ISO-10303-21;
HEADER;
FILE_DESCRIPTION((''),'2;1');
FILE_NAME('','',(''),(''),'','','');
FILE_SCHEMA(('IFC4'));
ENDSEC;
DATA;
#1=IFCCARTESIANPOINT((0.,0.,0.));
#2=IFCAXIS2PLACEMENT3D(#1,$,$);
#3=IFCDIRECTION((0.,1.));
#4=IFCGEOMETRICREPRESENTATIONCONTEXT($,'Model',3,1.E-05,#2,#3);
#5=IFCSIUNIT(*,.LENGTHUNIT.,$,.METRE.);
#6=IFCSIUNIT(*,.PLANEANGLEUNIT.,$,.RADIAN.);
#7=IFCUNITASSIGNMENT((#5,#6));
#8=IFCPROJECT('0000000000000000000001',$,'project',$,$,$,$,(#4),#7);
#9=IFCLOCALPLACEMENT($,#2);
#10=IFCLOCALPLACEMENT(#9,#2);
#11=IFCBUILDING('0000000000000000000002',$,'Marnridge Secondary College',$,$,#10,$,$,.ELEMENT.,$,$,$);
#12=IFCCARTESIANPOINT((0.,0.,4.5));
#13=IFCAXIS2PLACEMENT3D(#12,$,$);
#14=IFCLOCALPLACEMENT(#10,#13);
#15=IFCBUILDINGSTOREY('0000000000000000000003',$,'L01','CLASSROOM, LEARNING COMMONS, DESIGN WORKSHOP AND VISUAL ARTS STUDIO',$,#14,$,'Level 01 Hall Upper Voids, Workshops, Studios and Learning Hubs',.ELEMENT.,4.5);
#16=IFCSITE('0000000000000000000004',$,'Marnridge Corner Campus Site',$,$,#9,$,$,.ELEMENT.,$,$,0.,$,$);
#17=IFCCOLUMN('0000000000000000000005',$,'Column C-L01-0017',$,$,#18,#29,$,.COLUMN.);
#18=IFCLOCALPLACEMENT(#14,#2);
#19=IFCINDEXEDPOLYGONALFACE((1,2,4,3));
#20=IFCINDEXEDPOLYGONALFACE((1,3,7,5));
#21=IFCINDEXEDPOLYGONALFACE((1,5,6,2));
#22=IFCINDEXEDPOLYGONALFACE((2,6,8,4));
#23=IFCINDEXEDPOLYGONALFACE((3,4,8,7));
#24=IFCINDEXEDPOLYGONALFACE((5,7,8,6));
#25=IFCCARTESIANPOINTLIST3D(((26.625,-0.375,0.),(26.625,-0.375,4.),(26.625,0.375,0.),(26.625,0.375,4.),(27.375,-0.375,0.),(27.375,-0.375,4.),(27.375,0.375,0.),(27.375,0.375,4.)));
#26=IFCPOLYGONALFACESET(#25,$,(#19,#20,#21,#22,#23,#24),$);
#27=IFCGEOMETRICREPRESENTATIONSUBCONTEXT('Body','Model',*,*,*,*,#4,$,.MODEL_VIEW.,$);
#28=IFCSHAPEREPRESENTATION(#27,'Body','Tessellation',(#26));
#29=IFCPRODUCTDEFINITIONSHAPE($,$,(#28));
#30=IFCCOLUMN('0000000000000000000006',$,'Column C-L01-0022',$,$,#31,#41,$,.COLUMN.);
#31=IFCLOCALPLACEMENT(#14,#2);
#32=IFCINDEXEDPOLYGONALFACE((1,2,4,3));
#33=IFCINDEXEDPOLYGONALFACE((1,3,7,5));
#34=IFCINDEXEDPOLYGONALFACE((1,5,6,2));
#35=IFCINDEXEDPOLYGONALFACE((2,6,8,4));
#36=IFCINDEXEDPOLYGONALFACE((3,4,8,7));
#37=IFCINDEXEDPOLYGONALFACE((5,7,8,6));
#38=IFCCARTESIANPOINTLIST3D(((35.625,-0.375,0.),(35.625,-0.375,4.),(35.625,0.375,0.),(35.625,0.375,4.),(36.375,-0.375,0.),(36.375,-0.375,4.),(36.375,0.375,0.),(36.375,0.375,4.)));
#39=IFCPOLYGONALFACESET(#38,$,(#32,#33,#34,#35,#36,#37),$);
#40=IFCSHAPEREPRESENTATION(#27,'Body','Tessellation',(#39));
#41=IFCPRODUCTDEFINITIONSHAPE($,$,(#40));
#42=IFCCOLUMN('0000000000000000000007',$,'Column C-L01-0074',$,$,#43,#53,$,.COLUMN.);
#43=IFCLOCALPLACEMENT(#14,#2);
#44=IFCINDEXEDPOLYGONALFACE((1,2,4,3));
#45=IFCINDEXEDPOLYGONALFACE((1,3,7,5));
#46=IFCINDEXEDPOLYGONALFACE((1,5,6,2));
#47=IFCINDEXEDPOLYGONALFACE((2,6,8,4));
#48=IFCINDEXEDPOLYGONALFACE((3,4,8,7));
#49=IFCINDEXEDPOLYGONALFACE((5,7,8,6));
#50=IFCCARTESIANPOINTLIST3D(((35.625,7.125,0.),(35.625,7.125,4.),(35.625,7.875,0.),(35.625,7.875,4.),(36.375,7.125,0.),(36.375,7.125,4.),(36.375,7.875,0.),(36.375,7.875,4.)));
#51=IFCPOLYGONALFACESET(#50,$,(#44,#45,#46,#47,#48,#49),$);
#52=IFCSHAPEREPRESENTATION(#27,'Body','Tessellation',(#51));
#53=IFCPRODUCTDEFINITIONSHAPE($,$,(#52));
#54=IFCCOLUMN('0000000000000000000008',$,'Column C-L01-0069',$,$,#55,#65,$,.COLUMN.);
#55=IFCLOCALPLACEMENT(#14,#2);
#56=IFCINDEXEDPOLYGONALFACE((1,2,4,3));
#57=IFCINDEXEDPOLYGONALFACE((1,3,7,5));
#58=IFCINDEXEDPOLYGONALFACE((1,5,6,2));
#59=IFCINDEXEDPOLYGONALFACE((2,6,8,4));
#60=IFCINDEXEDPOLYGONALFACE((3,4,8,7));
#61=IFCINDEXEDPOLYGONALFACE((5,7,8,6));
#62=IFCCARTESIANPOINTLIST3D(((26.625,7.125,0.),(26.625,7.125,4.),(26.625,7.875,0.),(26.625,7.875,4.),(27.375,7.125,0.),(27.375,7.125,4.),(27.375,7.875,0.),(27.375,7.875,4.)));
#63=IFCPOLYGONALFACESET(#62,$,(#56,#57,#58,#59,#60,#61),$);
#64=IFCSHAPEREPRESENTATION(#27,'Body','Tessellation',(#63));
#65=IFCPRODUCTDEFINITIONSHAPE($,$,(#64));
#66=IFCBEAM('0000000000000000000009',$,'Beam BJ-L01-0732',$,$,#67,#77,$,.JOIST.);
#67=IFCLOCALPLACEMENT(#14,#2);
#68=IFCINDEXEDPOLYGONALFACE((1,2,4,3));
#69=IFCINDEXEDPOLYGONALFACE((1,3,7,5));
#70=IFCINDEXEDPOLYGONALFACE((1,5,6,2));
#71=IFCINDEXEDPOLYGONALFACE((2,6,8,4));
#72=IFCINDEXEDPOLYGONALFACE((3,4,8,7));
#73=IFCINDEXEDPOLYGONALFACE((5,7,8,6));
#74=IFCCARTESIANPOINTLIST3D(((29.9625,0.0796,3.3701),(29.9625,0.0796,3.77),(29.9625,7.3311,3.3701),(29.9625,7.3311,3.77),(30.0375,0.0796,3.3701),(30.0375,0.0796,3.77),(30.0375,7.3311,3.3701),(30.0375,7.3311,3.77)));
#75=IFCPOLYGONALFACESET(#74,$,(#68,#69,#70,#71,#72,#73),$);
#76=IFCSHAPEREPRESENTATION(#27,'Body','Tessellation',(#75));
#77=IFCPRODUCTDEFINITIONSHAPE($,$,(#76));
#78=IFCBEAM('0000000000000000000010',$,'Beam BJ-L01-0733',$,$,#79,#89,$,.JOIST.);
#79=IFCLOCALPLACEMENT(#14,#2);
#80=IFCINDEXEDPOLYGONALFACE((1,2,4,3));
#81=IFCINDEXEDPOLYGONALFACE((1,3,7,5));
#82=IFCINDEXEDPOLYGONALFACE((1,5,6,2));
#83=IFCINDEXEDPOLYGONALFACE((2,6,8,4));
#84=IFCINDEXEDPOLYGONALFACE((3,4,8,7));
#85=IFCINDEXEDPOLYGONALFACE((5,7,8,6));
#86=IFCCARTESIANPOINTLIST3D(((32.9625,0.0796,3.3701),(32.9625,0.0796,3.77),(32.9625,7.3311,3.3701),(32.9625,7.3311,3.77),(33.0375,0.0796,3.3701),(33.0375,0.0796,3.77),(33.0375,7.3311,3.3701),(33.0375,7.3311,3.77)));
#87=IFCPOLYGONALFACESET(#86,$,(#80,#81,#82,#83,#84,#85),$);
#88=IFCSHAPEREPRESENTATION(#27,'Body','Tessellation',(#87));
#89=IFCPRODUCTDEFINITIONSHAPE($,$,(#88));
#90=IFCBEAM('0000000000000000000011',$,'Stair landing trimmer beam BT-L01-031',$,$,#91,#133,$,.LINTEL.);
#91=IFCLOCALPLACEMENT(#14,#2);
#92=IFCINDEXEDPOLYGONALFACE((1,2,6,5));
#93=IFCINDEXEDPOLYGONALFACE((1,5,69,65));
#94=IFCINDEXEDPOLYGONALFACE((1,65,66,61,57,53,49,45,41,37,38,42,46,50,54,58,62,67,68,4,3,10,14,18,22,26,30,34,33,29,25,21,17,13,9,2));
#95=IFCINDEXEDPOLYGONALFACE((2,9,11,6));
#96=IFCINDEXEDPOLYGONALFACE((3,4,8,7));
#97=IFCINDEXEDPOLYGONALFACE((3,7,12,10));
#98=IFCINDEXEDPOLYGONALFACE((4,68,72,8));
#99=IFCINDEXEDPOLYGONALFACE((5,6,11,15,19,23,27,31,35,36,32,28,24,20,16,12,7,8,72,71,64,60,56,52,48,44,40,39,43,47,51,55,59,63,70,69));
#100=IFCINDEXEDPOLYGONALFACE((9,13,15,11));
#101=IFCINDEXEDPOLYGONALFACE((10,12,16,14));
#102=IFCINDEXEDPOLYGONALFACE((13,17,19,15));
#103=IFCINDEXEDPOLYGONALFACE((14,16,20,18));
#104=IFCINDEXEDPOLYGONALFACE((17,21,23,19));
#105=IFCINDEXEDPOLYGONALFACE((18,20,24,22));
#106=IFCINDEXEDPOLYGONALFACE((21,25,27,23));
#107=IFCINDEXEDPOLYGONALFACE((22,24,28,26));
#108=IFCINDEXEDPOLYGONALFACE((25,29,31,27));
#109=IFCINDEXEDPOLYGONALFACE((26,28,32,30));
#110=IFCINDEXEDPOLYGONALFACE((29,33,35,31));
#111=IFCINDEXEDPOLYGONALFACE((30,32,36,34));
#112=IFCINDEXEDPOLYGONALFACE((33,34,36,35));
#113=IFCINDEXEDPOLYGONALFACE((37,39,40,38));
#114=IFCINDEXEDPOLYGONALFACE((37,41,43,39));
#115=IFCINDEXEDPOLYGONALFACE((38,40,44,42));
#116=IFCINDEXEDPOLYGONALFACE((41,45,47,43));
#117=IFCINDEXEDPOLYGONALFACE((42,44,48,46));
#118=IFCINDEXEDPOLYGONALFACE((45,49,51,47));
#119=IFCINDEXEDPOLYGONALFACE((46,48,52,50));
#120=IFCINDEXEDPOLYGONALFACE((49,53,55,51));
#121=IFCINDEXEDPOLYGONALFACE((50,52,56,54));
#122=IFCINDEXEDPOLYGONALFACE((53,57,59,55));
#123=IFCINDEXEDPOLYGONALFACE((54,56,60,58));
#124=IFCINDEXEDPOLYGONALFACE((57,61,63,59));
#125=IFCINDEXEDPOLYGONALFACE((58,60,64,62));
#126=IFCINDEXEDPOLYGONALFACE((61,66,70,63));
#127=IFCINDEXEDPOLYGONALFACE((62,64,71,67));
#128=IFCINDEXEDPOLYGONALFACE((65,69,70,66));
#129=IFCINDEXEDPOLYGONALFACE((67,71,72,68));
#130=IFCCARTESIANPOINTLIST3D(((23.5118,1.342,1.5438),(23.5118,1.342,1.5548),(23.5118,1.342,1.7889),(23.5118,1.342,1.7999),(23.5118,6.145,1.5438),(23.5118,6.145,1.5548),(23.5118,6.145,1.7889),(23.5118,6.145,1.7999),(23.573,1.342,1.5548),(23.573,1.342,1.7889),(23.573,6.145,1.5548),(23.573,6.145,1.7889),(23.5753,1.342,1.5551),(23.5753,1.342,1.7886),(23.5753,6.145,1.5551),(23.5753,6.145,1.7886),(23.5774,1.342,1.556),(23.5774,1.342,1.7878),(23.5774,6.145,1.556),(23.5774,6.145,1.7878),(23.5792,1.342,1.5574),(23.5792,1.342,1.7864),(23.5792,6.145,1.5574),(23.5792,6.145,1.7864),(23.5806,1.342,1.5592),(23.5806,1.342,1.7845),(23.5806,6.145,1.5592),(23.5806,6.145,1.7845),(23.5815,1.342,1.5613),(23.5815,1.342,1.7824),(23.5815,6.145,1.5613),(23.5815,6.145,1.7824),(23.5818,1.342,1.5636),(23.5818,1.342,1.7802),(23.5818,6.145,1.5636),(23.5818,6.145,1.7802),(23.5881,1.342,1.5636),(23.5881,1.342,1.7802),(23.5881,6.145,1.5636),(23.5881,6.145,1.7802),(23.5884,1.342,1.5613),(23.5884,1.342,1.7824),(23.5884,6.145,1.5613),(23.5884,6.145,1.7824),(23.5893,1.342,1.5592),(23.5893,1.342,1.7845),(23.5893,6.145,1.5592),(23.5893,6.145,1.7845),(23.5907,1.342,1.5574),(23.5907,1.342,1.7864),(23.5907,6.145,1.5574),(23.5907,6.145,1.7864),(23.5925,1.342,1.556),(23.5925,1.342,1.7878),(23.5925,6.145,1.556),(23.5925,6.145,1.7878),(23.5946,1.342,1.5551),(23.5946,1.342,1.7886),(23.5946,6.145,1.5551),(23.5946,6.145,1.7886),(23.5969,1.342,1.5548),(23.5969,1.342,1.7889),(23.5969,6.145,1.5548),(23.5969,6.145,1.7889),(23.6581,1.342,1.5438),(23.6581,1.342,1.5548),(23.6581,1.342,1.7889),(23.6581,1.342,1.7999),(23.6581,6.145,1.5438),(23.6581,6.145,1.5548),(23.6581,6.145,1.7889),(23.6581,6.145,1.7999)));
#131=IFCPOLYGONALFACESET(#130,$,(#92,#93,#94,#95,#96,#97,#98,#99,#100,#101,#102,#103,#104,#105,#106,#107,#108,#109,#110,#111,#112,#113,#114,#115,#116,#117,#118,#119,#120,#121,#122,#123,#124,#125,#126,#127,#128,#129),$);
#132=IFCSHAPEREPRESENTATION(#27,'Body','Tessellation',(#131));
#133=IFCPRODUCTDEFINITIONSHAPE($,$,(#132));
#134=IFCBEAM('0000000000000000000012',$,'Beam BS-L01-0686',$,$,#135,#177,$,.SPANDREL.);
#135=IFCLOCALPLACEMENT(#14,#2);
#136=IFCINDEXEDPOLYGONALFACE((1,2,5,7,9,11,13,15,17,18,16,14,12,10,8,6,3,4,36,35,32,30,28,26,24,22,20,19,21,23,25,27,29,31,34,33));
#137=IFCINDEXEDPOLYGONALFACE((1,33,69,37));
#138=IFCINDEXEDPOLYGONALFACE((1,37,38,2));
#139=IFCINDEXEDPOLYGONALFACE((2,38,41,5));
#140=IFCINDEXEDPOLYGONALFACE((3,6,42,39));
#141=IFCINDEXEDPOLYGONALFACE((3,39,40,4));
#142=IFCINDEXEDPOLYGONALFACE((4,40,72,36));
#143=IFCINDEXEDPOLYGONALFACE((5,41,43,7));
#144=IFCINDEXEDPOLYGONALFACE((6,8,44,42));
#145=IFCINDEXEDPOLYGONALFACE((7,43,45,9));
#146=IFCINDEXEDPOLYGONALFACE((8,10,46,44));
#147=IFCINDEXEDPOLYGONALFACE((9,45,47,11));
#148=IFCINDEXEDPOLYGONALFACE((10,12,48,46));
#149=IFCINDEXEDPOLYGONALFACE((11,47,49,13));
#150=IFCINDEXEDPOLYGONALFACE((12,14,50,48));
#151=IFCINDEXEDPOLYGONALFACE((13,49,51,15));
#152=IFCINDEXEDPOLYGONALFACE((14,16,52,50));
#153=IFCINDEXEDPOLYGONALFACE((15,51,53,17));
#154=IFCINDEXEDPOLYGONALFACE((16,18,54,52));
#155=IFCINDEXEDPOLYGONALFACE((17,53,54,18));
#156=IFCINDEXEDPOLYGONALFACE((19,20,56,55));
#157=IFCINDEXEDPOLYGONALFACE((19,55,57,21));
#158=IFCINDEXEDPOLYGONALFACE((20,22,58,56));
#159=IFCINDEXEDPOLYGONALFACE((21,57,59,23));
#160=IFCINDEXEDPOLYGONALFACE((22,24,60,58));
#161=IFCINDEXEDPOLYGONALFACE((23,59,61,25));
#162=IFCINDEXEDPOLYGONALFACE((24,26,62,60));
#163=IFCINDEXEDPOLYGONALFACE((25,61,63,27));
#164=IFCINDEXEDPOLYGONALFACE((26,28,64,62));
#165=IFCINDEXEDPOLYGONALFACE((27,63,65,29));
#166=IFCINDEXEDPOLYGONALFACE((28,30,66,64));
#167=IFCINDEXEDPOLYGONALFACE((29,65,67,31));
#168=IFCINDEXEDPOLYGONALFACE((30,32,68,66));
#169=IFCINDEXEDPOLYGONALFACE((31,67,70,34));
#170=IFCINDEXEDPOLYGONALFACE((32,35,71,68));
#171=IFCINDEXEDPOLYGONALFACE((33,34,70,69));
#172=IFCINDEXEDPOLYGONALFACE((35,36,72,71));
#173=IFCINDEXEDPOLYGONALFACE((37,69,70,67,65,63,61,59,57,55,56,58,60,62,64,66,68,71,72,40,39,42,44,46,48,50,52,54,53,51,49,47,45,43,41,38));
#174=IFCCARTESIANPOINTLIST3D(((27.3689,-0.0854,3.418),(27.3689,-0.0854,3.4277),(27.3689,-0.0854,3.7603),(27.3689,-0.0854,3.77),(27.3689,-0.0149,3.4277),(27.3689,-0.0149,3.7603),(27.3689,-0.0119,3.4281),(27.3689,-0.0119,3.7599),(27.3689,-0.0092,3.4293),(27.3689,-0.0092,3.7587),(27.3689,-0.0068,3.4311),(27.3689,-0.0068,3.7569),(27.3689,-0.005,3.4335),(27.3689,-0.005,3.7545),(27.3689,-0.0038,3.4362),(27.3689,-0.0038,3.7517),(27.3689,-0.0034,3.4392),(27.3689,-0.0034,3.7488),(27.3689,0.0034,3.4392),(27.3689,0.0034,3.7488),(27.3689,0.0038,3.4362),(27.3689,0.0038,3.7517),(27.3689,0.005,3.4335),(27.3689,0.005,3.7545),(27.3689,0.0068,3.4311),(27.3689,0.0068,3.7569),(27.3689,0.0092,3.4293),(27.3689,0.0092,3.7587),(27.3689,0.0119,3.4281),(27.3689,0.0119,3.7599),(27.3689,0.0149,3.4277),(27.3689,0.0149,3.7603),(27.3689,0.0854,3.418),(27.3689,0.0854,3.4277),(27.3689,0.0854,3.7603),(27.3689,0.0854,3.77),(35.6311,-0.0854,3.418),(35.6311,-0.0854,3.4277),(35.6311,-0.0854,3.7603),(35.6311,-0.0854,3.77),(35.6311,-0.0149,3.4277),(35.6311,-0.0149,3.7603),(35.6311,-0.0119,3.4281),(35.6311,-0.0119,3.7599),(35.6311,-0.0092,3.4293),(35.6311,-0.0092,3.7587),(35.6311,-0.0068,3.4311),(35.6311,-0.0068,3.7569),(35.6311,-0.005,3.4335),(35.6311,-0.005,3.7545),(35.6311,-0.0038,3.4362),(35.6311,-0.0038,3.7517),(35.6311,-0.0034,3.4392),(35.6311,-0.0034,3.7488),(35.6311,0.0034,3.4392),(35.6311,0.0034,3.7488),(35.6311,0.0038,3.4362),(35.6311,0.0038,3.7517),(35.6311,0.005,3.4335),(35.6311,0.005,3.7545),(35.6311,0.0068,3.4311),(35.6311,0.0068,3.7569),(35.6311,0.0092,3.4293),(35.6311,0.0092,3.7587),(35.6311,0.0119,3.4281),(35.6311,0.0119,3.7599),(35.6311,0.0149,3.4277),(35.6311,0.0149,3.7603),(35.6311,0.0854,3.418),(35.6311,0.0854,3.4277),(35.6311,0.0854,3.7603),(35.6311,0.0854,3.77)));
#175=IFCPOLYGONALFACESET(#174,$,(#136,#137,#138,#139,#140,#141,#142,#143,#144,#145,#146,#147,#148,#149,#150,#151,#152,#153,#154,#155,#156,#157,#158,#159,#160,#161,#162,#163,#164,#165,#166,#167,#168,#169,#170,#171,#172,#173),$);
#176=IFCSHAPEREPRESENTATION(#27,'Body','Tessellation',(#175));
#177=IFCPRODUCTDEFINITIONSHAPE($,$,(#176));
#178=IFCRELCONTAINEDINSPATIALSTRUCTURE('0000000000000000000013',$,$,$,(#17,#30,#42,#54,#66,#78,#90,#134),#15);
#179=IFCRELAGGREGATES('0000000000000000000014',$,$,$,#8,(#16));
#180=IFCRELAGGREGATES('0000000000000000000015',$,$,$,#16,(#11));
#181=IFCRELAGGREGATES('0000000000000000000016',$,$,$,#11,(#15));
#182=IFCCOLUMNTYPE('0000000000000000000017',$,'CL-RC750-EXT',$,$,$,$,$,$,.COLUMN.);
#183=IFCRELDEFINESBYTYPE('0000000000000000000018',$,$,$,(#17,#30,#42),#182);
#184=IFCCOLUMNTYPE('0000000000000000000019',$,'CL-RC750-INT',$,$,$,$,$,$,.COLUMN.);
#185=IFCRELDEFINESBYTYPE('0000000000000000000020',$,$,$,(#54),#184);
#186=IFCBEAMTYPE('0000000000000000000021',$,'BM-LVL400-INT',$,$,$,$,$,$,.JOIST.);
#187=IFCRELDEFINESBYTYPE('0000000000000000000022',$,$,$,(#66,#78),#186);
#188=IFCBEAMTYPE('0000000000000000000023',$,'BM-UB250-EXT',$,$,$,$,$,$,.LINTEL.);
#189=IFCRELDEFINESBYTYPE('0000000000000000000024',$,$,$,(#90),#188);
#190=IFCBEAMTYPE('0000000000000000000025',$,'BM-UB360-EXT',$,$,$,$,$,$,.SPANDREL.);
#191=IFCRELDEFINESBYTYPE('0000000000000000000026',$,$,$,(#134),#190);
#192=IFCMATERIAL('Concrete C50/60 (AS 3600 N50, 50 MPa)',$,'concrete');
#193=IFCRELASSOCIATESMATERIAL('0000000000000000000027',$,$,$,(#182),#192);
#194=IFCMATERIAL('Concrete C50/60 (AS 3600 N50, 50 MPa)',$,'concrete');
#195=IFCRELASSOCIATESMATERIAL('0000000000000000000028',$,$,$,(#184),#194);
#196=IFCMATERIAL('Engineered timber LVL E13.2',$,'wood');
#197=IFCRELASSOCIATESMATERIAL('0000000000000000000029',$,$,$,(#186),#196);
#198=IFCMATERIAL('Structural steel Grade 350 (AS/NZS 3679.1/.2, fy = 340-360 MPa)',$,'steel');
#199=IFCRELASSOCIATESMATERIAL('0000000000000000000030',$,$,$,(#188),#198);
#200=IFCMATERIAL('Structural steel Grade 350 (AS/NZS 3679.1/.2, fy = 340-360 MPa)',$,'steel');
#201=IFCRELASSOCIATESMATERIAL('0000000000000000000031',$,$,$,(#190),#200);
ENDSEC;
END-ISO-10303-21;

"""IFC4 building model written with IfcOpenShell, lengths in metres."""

from ifc_helpers import new_model, si_unit, direction, frame, origin, origin_2d, place, context, subcontext, project, spatial, rectangle, i_section, extrude, material, material_profile, profile_set, type_object, element, save


model = new_model("IFC4")

# Units and contexts
model_context = context("Model", 3, precision=1e-05, world=origin(), true_north=direction((0.0, 1.0)))
body_context = subcontext(model_context, "Body", "Model", "MODEL_VIEW")
ifc_project = project(units=[si_unit("LENGTHUNIT", "METRE"), si_unit("PLANEANGLEUNIT", "RADIAN")], contexts=[model_context])

# Site, building, storey
site_placement = place(None, origin())
site = spatial("IfcSite", under=ifc_project, at=site_placement, Name="Marnridge Corner Campus Site", CompositionType="ELEMENT", RefElevation=0.0)
building_placement = place(site_placement, origin())
building = spatial("IfcBuilding", under=site, at=building_placement, Name="Marnridge Secondary College", CompositionType="ELEMENT")
storey_placement = place(building_placement, frame((0.0, 0.0, 4.5)))
storey = spatial("IfcBuildingStorey", under=building, at=storey_placement, Name="L01", Description="CLASSROOM, LEARNING COMMONS, DESIGN WORKSHOP AND VISUAL ARTS STUDIO", LongName="Level 01 Hall Upper Voids, Workshops, Studios and Learning Hubs", CompositionType="ELEMENT", Elevation=4.5)

# Columns
ifc_material_1 = material(Name="Concrete C50/60 (AS 3600 N50, 50 MPa)", Category="concrete")
ifc_material_profile_1 = material_profile(ifc_material_1, rectangle(XDim=0.75, YDim=0.75, at=origin_2d()), Name="RC 750x750")
ifc_profile_set_1 = profile_set([ifc_material_profile_1], Name="Concrete C50/60 (AS 3600 N50, 50 MPa)")
column_type_1 = type_object("IfcColumnType", Name="CL-RC750-EXT", PredefinedType="COLUMN", material=ifc_profile_set_1)
for number, where, z_axis, x_axis, name in (
    (1, (27.0, 0.0, 0.0), (0.0, 0.0, 1.0), (1.0, 0.0, 0.0), "Column C-L01-0017"),
    (2, (36.0, 0.0, 0.0), (0.0, 0.0, 1.0), (1.0, 0.0, 0.0), "Column C-L01-0022"),
    (3, (36.0, 7.5, 0.0), (0.0, 0.0, 1.0), (1.0, 0.0, 0.0), "Column C-L01-0074"),
):
    element("IfcColumn", number, at=place(storey_placement, frame(where, z_axis=z_axis, x_axis=x_axis)), inside=storey, type_object=column_type_1, Name=name, PredefinedType="COLUMN", context=body_context, shape_type="SweptSolid", body=[
        extrude(rectangle(XDim=0.75, YDim=0.75, at=origin_2d()), origin(), (0.0, 0.0, 1.0), 4.0),
    ])
ifc_material_2 = material(Name="Concrete C50/60 (AS 3600 N50, 50 MPa)", Category="concrete")
ifc_material_profile_2 = material_profile(ifc_material_2, rectangle(XDim=0.75, YDim=0.75, at=origin_2d()), Name="RC 750x750")
ifc_profile_set_2 = profile_set([ifc_material_profile_2], Name="Concrete C50/60 (AS 3600 N50, 50 MPa)")
column_type_2 = type_object("IfcColumnType", Name="CL-RC750-INT", PredefinedType="COLUMN", material=ifc_profile_set_2)
column_placement = place(storey_placement, frame((27.0, 7.5, 0.0), z_axis=(0.0, 0.0, 1.0), x_axis=(1.0, 0.0, 0.0)))
element("IfcColumn", 4, at=column_placement, inside=storey, type_object=column_type_2, Name="Column C-L01-0069", PredefinedType="COLUMN", context=body_context, shape_type="SweptSolid", body=[
    extrude(rectangle(XDim=0.75, YDim=0.75, at=origin_2d()), origin(), (0.0, 0.0, 1.0), 4.0),
])

# Beams
ifc_material_3 = material(Name="Engineered timber LVL E13.2", Category="wood")
ifc_material_profile_3 = material_profile(ifc_material_3, rectangle(XDim=0.075, YDim=0.3999, at=origin_2d()), Name="LVL 75x400")
ifc_profile_set_3 = profile_set([ifc_material_profile_3], Name="Engineered timber LVL E13.2")
beam_type_1 = type_object("IfcBeamType", Name="BM-LVL400-INT", PredefinedType="JOIST", material=ifc_profile_set_3)
for number, where, z_axis, x_axis, name in (
    (5, (30.0, 0.0796, 3.5701), (0.0, 1.0, 0.0), (-1.0, 0.0, 0.0), "Beam BJ-L01-0732"),
    (6, (33.0, 0.0796, 3.5701), (0.0, 1.0, 0.0), (-1.0, 0.0, 0.0), "Beam BJ-L01-0733"),
):
    element("IfcBeam", number, at=place(storey_placement, frame(where, z_axis=z_axis, x_axis=x_axis)), inside=storey, type_object=beam_type_1, Name=name, PredefinedType="JOIST", context=body_context, shape_type="SweptSolid", body=[
        extrude(rectangle(XDim=0.075, YDim=0.3999, at=origin_2d()), origin(), (0.0, 0.0, 1.0), 7.2515),
    ])
ifc_material_4 = material(Name="Structural steel Grade 350 (AS/NZS 3679.1/.2, fy = 340-360 MPa)", Category="steel")
ifc_material_profile_4 = material_profile(ifc_material_4, i_section(OverallWidth=0.1462, OverallDepth=0.2561, WebThickness=0.0063, FlangeThickness=0.011, FilletRadius=0.0088, at=origin_2d()), Name="250UB37.3")
ifc_profile_set_4 = profile_set([ifc_material_profile_4], Name="Structural steel Grade 350 (AS/NZS 3679.1/.2, fy = 340-360 MPa)")
beam_type_2 = type_object("IfcBeamType", Name="BM-UB250-EXT", PredefinedType="LINTEL", material=ifc_profile_set_4)
beam_1_placement = place(storey_placement, frame((23.585, 1.342, 1.6719), z_axis=(0.0, 1.0, 0.0), x_axis=(-1.0, 0.0, 0.0)))
element("IfcBeam", 7, at=beam_1_placement, inside=storey, type_object=beam_type_2, Name="Stair landing trimmer beam BT-L01-031", PredefinedType="LINTEL", context=body_context, shape_type="SweptSolid", body=[
    extrude(i_section(OverallWidth=0.1462, OverallDepth=0.2561, WebThickness=0.0063, FlangeThickness=0.011, FilletRadius=0.0088, at=origin_2d()), origin(), (0.0, 0.0, 1.0), 4.803),
])
ifc_material_5 = material(Name="Structural steel Grade 350 (AS/NZS 3679.1/.2, fy = 340-360 MPa)", Category="steel")
ifc_material_profile_5 = material_profile(ifc_material_5, i_section(OverallWidth=0.1709, OverallDepth=0.3521, WebThickness=0.0068, FlangeThickness=0.0098, FilletRadius=0.0115, at=origin_2d()), Name="360UB44.7")
ifc_profile_set_5 = profile_set([ifc_material_profile_5], Name="Structural steel Grade 350 (AS/NZS 3679.1/.2, fy = 340-360 MPa)")
beam_type_3 = type_object("IfcBeamType", Name="BM-UB360-EXT", PredefinedType="SPANDREL", material=ifc_profile_set_5)
beam_2_placement = place(storey_placement, frame((27.3689, 0.0, 3.594), z_axis=(1.0, 0.0, 0.0), x_axis=(0.0, 1.0, 0.0)))
element("IfcBeam", 8, at=beam_2_placement, inside=storey, type_object=beam_type_3, Name="Beam BS-L01-0686", PredefinedType="SPANDREL", context=body_context, shape_type="SweptSolid", body=[
    extrude(i_section(OverallWidth=0.1709, OverallDepth=0.3521, WebThickness=0.0068, FlangeThickness=0.0098, FilletRadius=0.0115, at=origin_2d()), origin(), (0.0, 0.0, 1.0), 8.2622),
])

save(model, "model.ifc")
